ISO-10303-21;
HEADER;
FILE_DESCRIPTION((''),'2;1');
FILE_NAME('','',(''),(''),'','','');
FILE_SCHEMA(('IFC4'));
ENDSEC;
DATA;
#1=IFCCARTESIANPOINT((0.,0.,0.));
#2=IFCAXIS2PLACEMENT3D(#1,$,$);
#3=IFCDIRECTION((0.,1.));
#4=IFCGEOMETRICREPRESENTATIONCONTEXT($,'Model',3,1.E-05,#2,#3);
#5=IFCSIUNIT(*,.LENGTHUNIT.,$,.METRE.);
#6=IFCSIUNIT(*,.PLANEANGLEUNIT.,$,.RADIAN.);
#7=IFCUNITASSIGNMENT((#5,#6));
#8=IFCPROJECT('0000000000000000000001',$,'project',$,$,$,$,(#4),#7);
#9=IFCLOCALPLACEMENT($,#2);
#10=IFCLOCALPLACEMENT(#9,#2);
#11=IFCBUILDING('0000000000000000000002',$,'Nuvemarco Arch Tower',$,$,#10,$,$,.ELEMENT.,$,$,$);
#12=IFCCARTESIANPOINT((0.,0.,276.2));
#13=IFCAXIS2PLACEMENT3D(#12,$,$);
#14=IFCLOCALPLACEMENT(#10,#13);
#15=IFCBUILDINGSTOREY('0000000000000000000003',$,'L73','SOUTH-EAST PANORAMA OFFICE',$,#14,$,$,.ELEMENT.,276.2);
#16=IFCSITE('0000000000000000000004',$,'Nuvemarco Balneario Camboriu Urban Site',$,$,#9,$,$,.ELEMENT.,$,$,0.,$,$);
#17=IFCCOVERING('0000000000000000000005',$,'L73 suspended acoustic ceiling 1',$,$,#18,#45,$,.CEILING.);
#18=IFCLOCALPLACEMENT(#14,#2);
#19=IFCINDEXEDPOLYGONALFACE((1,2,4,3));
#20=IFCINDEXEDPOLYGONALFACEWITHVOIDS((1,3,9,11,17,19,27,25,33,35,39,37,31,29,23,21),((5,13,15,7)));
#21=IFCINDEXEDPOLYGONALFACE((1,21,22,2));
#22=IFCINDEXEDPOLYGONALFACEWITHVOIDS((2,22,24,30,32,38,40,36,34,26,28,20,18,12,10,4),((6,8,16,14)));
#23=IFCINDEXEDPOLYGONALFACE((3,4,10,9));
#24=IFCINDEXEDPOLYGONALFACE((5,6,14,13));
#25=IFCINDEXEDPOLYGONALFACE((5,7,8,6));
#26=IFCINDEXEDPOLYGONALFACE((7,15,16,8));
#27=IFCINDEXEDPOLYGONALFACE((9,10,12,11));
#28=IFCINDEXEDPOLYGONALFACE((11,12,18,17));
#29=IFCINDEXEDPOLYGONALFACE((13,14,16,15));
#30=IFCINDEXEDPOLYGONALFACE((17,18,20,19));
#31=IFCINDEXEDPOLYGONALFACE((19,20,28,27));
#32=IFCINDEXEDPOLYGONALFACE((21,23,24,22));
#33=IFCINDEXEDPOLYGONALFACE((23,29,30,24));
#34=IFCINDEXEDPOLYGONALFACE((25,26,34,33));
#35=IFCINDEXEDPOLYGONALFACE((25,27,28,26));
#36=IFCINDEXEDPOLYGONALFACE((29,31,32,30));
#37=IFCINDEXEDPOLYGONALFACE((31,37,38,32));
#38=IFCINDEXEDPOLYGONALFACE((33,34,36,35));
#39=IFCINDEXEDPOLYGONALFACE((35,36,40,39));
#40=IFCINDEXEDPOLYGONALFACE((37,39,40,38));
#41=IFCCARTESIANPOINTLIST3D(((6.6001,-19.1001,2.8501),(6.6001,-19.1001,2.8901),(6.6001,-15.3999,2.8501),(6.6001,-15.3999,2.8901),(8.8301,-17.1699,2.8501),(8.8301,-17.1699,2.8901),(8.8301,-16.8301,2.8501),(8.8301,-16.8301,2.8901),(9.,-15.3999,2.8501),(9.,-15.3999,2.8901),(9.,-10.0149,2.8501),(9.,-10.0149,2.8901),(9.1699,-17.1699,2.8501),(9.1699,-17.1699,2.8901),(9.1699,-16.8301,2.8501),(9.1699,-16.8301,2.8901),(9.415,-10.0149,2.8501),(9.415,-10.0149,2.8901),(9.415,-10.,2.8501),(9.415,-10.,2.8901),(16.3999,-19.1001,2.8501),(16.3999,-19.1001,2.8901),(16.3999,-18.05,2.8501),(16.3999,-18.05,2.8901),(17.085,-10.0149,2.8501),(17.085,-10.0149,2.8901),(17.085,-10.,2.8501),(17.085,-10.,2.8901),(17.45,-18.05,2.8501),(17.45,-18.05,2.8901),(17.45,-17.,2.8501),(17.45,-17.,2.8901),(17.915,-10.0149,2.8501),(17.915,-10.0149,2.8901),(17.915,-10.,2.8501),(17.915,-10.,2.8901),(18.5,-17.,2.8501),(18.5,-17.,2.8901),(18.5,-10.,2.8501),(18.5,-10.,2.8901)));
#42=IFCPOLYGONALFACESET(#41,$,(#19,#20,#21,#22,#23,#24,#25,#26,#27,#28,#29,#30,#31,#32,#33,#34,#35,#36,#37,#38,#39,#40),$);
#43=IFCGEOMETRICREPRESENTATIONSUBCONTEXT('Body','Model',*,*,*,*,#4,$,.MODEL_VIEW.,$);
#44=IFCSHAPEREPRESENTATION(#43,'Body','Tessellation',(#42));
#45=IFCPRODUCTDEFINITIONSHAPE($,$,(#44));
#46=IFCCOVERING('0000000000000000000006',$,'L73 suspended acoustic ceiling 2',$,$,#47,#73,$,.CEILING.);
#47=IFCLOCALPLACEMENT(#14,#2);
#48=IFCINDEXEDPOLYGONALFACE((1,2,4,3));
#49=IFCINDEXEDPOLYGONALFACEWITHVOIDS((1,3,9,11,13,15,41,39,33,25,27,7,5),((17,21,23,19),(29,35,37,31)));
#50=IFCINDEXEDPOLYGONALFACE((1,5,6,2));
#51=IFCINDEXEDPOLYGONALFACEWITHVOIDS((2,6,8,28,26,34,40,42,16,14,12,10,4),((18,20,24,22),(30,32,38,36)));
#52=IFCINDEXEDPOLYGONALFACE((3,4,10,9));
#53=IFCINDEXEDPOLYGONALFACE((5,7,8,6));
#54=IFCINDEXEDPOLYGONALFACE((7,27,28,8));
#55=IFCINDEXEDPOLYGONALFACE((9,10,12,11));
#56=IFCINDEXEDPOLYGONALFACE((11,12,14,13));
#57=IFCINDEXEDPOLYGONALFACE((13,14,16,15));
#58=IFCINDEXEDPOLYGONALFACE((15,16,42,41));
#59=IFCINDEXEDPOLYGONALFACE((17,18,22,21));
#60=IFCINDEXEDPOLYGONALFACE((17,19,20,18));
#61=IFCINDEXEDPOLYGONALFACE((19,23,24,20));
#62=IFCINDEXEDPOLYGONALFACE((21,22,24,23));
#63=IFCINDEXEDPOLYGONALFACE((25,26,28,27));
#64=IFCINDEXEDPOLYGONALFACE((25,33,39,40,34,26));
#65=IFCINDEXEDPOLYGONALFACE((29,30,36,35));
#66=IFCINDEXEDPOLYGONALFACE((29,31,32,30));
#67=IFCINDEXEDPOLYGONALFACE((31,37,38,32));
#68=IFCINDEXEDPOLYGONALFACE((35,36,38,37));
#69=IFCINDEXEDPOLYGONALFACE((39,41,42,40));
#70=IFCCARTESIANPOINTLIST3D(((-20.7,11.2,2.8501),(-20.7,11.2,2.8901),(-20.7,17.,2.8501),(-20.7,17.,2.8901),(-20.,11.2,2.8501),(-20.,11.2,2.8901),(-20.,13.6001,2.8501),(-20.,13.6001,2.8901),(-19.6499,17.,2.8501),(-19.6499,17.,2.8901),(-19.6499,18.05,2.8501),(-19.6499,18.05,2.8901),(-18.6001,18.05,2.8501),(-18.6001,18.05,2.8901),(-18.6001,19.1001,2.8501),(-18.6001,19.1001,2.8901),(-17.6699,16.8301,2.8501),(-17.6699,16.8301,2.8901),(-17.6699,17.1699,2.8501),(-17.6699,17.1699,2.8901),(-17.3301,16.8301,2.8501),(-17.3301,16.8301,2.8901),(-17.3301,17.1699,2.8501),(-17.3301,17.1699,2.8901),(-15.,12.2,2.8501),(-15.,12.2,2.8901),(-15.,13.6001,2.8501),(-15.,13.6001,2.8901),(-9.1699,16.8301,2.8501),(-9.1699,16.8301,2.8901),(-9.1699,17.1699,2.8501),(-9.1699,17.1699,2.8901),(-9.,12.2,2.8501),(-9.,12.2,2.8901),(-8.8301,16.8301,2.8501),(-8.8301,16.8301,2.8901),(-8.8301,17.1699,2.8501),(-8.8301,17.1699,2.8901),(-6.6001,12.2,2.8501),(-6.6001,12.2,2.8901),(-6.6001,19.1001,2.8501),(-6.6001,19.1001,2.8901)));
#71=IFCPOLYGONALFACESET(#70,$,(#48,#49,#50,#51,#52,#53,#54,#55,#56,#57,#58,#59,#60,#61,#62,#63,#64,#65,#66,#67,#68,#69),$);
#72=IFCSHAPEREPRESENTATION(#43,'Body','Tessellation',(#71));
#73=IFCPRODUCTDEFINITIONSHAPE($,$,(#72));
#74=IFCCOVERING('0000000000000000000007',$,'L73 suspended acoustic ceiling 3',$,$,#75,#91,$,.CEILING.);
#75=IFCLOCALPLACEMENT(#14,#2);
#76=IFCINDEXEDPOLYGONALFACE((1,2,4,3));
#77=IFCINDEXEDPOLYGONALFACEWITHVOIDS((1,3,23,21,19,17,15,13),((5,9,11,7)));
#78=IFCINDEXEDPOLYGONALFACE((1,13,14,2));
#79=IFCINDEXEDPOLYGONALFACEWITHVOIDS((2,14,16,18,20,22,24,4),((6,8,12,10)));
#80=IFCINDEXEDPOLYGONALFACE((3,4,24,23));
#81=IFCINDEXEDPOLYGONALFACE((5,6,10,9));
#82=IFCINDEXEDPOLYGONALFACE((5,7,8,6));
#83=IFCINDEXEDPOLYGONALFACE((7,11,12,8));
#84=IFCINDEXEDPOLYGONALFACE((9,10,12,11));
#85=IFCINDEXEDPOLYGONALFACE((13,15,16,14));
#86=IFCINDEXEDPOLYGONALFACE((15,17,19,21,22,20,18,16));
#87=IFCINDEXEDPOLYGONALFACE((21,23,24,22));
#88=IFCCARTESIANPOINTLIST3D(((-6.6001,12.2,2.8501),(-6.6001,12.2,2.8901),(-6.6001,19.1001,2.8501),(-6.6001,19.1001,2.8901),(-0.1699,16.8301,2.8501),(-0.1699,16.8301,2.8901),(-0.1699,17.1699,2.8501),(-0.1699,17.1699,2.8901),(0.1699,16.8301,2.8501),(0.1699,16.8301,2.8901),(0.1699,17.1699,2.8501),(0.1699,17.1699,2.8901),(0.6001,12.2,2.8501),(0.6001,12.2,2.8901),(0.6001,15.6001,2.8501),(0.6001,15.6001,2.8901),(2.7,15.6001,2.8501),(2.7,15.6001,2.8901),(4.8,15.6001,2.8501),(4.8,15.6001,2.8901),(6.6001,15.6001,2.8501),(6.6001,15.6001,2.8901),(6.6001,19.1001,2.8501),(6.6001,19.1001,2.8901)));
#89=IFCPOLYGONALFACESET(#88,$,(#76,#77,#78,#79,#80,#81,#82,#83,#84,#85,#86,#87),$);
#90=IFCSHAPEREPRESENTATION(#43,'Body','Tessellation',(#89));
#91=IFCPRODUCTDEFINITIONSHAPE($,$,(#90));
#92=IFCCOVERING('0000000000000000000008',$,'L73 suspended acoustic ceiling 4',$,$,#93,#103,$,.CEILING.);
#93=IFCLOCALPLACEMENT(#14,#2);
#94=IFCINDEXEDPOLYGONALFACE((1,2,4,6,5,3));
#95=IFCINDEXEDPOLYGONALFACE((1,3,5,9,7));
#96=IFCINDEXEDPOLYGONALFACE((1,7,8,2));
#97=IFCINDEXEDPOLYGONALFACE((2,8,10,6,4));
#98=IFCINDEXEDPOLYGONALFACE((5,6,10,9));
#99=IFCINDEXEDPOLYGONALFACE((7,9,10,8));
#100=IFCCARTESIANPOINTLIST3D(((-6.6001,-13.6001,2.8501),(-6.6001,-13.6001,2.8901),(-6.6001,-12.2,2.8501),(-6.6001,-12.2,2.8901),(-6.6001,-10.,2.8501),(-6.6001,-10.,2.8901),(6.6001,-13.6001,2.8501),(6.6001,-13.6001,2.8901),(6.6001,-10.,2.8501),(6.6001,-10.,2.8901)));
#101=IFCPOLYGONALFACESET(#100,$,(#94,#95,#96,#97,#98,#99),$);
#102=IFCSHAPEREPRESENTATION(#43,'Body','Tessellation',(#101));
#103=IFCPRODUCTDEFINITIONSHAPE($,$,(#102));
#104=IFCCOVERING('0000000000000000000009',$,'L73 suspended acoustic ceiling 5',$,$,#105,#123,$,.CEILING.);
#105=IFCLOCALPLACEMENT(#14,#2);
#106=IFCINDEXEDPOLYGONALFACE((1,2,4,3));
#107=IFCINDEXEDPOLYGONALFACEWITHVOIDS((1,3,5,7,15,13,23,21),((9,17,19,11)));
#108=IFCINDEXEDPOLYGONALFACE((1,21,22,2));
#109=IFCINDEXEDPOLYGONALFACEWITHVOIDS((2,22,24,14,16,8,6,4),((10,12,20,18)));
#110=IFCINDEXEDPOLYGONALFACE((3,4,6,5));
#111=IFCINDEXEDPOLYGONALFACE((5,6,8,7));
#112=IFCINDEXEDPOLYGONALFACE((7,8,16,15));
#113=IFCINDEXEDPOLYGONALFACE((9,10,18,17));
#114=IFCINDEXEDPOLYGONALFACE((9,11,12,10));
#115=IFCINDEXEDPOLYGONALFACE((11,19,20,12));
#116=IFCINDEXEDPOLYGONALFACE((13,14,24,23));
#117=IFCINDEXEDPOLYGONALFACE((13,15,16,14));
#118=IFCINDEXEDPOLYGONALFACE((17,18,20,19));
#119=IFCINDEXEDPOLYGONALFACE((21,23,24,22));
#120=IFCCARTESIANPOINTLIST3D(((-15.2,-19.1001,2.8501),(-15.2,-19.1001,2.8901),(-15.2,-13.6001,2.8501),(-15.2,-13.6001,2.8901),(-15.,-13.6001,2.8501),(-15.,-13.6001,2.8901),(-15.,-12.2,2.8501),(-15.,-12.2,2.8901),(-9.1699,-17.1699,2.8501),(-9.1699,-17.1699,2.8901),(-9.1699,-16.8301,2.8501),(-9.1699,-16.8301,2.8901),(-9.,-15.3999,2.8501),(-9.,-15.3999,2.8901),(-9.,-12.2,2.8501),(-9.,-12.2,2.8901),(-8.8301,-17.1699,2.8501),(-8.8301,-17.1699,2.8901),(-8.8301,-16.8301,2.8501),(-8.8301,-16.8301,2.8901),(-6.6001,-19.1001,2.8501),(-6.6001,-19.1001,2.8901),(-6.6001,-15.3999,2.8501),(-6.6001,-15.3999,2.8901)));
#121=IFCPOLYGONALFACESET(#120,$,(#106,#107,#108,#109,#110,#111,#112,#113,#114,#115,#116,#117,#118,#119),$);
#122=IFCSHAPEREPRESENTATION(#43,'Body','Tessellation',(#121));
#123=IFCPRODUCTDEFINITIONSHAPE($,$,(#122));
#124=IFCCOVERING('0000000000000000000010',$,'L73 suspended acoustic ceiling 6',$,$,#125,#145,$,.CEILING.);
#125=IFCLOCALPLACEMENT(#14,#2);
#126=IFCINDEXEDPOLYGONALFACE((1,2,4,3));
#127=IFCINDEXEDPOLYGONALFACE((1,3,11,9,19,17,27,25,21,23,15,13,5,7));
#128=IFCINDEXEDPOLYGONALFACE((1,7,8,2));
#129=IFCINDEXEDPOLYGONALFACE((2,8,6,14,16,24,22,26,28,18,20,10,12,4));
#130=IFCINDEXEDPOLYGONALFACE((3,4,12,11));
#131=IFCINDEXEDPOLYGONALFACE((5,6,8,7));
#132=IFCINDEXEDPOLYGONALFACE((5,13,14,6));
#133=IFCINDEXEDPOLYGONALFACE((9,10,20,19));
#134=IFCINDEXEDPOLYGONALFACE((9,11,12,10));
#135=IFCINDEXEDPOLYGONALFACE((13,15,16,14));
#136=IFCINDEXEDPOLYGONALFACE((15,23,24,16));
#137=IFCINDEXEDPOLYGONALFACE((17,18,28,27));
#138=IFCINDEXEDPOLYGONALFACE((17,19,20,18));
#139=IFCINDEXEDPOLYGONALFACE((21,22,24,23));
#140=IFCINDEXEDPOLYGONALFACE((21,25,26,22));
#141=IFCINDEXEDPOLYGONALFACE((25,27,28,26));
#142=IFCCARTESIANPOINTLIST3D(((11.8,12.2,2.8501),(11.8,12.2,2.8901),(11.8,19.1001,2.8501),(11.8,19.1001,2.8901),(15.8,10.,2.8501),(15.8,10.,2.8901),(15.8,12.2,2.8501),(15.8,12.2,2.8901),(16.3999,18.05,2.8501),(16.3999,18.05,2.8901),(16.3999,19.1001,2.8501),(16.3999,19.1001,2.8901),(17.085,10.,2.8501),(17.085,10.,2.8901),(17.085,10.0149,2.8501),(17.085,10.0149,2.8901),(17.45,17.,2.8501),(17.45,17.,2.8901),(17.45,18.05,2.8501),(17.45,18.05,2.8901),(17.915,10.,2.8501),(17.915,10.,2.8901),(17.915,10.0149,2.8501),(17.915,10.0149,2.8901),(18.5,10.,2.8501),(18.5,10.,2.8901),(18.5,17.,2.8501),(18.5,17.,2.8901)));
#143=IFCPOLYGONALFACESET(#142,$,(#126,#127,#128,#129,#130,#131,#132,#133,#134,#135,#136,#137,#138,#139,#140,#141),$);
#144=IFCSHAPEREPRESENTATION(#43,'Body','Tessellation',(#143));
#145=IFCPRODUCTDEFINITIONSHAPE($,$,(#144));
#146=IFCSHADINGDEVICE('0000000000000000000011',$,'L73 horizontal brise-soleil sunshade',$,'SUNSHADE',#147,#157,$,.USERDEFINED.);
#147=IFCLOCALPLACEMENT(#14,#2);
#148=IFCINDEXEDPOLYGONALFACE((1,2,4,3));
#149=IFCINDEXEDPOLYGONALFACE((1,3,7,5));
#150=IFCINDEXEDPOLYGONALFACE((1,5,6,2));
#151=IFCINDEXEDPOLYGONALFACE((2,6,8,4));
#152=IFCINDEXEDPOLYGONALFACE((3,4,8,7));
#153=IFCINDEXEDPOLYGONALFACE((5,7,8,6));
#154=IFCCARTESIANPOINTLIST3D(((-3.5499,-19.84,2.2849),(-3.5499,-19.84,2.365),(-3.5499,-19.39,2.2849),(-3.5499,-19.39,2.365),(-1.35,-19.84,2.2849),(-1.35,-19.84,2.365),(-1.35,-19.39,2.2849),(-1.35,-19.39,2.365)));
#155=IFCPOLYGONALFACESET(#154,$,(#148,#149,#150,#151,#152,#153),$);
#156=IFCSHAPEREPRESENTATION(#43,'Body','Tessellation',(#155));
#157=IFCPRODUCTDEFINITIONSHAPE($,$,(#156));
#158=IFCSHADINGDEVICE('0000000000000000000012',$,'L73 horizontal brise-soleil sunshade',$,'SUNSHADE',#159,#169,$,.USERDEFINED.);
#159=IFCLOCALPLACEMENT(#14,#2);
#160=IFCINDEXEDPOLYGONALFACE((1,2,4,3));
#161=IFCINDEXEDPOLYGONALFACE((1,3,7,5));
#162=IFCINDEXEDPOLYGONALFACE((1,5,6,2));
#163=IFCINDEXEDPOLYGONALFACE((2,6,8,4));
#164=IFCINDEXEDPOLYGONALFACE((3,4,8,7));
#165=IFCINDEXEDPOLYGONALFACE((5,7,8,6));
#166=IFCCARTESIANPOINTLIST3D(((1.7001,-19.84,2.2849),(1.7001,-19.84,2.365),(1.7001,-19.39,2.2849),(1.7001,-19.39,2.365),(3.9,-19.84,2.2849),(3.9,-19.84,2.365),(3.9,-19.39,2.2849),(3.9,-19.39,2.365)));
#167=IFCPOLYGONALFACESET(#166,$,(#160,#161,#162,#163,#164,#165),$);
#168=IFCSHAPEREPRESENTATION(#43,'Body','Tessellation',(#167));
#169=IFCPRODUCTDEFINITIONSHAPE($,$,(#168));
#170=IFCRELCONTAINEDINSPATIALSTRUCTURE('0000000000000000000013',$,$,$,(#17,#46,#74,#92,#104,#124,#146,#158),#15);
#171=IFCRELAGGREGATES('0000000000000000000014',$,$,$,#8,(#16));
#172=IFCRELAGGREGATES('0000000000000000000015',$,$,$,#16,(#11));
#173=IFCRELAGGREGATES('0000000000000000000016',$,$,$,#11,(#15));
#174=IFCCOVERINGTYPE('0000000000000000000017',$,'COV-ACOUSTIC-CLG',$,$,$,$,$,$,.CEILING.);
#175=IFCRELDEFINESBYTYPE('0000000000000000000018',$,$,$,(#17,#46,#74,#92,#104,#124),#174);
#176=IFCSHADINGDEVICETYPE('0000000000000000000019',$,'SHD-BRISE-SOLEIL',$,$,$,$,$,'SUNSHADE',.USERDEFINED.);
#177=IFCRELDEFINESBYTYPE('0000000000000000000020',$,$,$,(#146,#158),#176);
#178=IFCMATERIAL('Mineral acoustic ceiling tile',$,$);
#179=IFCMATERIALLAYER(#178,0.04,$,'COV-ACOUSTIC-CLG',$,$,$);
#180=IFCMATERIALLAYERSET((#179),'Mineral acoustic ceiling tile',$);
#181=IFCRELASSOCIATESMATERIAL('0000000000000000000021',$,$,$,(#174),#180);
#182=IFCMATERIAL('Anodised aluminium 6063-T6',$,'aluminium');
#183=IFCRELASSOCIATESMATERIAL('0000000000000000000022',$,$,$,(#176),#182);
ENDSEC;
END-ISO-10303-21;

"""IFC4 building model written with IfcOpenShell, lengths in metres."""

from ifc_helpers import new_model, si_unit, direction, frame, origin, origin_2d, place, context, subcontext, project, spatial, polyline, rectangle, outline, extrude, source, transform, mapped, material, layer, layer_set, type_object, type_shapes, element, save


model = new_model("IFC4")

# Units and contexts
model_context = context("Model", 3, precision=1e-05, world=origin(), true_north=direction((0.0, 1.0)))
body_context = subcontext(model_context, "Body", "Model", "MODEL_VIEW")
ifc_project = project(units=[si_unit("LENGTHUNIT", "METRE"), si_unit("PLANEANGLEUNIT", "RADIAN")], contexts=[model_context])

# Site, building, storey
site_placement = place(None, origin())
site = spatial("IfcSite", under=ifc_project, at=site_placement, Name="Nuvemarco Balneario Camboriu Urban Site", CompositionType="ELEMENT", RefElevation=0.0)
building_placement = place(site_placement, origin())
building = spatial("IfcBuilding", under=site, at=building_placement, Name="Nuvemarco Arch Tower", CompositionType="ELEMENT")
storey_placement = place(building_placement, frame((0.0, 0.0, 276.2)))
storey = spatial("IfcBuildingStorey", under=building, at=storey_placement, Name="L73", Description="SOUTH-EAST PANORAMA OFFICE", CompositionType="ELEMENT", Elevation=276.2)

# Coverings
ifc_material_1 = material(Name="Mineral acoustic ceiling tile")
ifc_layer_1 = layer(ifc_material_1, 0.04, Name="COV-ACOUSTIC-CLG")
ifc_layer_set_1 = layer_set([ifc_layer_1], Name="Mineral acoustic ceiling tile")
covering_type = type_object("IfcCoveringType", Name="COV-ACOUSTIC-CLG", PredefinedType="CEILING", material=ifc_layer_set_1)
covering_1_placement = place(storey_placement, frame((0.0, 0.0, 2.8501)))
element("IfcCovering", 1, at=covering_1_placement, inside=storey, type_object=covering_type, Name="L73 suspended acoustic ceiling 1", PredefinedType="CEILING", context=body_context, shape_type="SweptSolid", body=[
    extrude(outline(polyline([(16.3999, -19.1001), (6.6001, -19.1001), (6.6001, -15.3999), (9.0, -15.3999), (9.0, -10.0149), (9.415, -10.0149), (9.415, -10.0), (17.085, -10.0), (17.085, -10.0149), (17.915, -10.0149), (17.915, -10.0), (18.5, -10.0), (18.5, -17.0), (17.45, -17.0), (17.45, -18.05), (16.3999, -18.05), (16.3999, -19.1001)]), holes=[polyline([(9.1699, -17.1699), (9.1699, -16.8301), (8.8301, -16.8301), (8.8301, -17.1699), (9.1699, -17.1699)])]), origin(), (0.0, 0.0, 1.0), 0.04),
])
covering_2_placement = place(storey_placement, frame((0.0, 0.0, 2.8501)))
element("IfcCovering", 2, at=covering_2_placement, inside=storey, type_object=covering_type, Name="L73 suspended acoustic ceiling 2", PredefinedType="CEILING", context=body_context, shape_type="SweptSolid", body=[
    extrude(outline(polyline([(-20.0, 11.2), (-20.7, 11.2), (-20.7, 17.0), (-19.6499, 17.0), (-19.6499, 18.05), (-18.6001, 18.05), (-18.6001, 19.1001), (-6.6001, 19.1001), (-6.6001, 12.2), (-9.0, 12.2), (-15.0, 12.2), (-15.0, 13.6001), (-20.0, 13.6001), (-20.0, 11.2)]), holes=[polyline([(-17.3301, 17.1699), (-17.6699, 17.1699), (-17.6699, 16.8301), (-17.3301, 16.8301), (-17.3301, 17.1699)]), polyline([(-8.8301, 17.1699), (-9.1699, 17.1699), (-9.1699, 16.8301), (-8.8301, 16.8301), (-8.8301, 17.1699)])]), origin(), (0.0, 0.0, 1.0), 0.04),
])
covering_3_placement = place(storey_placement, frame((0.0, 0.0, 2.8501)))
element("IfcCovering", 3, at=covering_3_placement, inside=storey, type_object=covering_type, Name="L73 suspended acoustic ceiling 3", PredefinedType="CEILING", context=body_context, shape_type="SweptSolid", body=[
    extrude(outline(polyline([(-6.6001, 12.2), (-6.6001, 19.1001), (6.6001, 19.1001), (6.6001, 15.6001), (4.8, 15.6001), (2.7, 15.6001), (0.6001, 15.6001), (0.6001, 12.2), (-6.6001, 12.2)]), holes=[polyline([(0.1699, 16.8301), (0.1699, 17.1699), (-0.1699, 17.1699), (-0.1699, 16.8301), (0.1699, 16.8301)])]), origin(), (0.0, 0.0, 1.0), 0.04),
])
covering_4_placement = place(storey_placement, frame((0.0, 0.0, 2.8501)))
element("IfcCovering", 4, at=covering_4_placement, inside=storey, type_object=covering_type, Name="L73 suspended acoustic ceiling 4", PredefinedType="CEILING", context=body_context, shape_type="SweptSolid", body=[
    extrude(outline(polyline([(6.6001, -13.6001), (-6.6001, -13.6001), (-6.6001, -12.2), (-6.6001, -10.0), (6.6001, -10.0), (6.6001, -13.6001)])), origin(), (0.0, 0.0, 1.0), 0.04),
])
covering_5_placement = place(storey_placement, frame((0.0, 0.0, 2.8501)))
element("IfcCovering", 5, at=covering_5_placement, inside=storey, type_object=covering_type, Name="L73 suspended acoustic ceiling 5", PredefinedType="CEILING", context=body_context, shape_type="SweptSolid", body=[
    extrude(outline(polyline([(-9.0, -12.2), (-9.0, -15.3999), (-6.6001, -15.3999), (-6.6001, -19.1001), (-15.2, -19.1001), (-15.2, -13.6001), (-15.0, -13.6001), (-15.0, -12.2), (-9.0, -12.2)]), holes=[polyline([(-8.8301, -16.8301), (-9.1699, -16.8301), (-9.1699, -17.1699), (-8.8301, -17.1699), (-8.8301, -16.8301)])]), origin(), (0.0, 0.0, 1.0), 0.04),
])
covering_6_placement = place(storey_placement, frame((0.0, 0.0, 2.8501)))
element("IfcCovering", 6, at=covering_6_placement, inside=storey, type_object=covering_type, Name="L73 suspended acoustic ceiling 6", PredefinedType="CEILING", context=body_context, shape_type="SweptSolid", body=[
    extrude(outline(polyline([(18.5, 17.0), (18.5, 10.0), (17.915, 10.0), (17.915, 10.0149), (17.085, 10.0149), (17.085, 10.0), (15.8, 10.0), (15.8, 12.2), (11.8, 12.2), (11.8, 19.1001), (16.3999, 19.1001), (16.3999, 18.05), (17.45, 18.05), (17.45, 17.0), (18.5, 17.0)])), origin(), (0.0, 0.0, 1.0), 0.04),
])

# Shading devices
ifc_material_2 = material(Name="Anodised aluminium 6063-T6", Category="aluminium")
shading_device_type = type_object("IfcShadingDeviceType", Name="SHD-BRISE-SOLEIL", ElementType="SUNSHADE", PredefinedType="USERDEFINED", material=ifc_material_2)
shared_shape_1 = source(origin(), body_context, "Body", "SweptSolid", [
    extrude(rectangle(XDim=2.2, YDim=0.45, at=origin_2d()), origin(), (0.0, 0.0, 1.0), 0.0801),
])
type_shapes(shading_device_type, [shared_shape_1])
for number, where, z_axis, x_axis, name in (
    (7, (-2.45, -19.615, 2.2849), (0.0, 0.0, 1.0), (1.0, 0.0, 0.0), "L73 horizontal brise-soleil sunshade"),
    (8, (2.8, -19.615, 2.2849), (0.0, 0.0, 1.0), (1.0, 0.0, 0.0), "L73 horizontal brise-soleil sunshade"),
):
    element("IfcShadingDevice", number, at=place(storey_placement, frame(where, z_axis=z_axis, x_axis=x_axis)), inside=storey, type_object=shading_device_type, Name=name, ObjectType="SUNSHADE", PredefinedType="USERDEFINED", context=body_context, shape_type="MappedRepresentation", body=[
        mapped(shared_shape_1, transform((0.0, 0.0, 0.0), scale=1.0)),
    ])

save(model, "model.ifc")
